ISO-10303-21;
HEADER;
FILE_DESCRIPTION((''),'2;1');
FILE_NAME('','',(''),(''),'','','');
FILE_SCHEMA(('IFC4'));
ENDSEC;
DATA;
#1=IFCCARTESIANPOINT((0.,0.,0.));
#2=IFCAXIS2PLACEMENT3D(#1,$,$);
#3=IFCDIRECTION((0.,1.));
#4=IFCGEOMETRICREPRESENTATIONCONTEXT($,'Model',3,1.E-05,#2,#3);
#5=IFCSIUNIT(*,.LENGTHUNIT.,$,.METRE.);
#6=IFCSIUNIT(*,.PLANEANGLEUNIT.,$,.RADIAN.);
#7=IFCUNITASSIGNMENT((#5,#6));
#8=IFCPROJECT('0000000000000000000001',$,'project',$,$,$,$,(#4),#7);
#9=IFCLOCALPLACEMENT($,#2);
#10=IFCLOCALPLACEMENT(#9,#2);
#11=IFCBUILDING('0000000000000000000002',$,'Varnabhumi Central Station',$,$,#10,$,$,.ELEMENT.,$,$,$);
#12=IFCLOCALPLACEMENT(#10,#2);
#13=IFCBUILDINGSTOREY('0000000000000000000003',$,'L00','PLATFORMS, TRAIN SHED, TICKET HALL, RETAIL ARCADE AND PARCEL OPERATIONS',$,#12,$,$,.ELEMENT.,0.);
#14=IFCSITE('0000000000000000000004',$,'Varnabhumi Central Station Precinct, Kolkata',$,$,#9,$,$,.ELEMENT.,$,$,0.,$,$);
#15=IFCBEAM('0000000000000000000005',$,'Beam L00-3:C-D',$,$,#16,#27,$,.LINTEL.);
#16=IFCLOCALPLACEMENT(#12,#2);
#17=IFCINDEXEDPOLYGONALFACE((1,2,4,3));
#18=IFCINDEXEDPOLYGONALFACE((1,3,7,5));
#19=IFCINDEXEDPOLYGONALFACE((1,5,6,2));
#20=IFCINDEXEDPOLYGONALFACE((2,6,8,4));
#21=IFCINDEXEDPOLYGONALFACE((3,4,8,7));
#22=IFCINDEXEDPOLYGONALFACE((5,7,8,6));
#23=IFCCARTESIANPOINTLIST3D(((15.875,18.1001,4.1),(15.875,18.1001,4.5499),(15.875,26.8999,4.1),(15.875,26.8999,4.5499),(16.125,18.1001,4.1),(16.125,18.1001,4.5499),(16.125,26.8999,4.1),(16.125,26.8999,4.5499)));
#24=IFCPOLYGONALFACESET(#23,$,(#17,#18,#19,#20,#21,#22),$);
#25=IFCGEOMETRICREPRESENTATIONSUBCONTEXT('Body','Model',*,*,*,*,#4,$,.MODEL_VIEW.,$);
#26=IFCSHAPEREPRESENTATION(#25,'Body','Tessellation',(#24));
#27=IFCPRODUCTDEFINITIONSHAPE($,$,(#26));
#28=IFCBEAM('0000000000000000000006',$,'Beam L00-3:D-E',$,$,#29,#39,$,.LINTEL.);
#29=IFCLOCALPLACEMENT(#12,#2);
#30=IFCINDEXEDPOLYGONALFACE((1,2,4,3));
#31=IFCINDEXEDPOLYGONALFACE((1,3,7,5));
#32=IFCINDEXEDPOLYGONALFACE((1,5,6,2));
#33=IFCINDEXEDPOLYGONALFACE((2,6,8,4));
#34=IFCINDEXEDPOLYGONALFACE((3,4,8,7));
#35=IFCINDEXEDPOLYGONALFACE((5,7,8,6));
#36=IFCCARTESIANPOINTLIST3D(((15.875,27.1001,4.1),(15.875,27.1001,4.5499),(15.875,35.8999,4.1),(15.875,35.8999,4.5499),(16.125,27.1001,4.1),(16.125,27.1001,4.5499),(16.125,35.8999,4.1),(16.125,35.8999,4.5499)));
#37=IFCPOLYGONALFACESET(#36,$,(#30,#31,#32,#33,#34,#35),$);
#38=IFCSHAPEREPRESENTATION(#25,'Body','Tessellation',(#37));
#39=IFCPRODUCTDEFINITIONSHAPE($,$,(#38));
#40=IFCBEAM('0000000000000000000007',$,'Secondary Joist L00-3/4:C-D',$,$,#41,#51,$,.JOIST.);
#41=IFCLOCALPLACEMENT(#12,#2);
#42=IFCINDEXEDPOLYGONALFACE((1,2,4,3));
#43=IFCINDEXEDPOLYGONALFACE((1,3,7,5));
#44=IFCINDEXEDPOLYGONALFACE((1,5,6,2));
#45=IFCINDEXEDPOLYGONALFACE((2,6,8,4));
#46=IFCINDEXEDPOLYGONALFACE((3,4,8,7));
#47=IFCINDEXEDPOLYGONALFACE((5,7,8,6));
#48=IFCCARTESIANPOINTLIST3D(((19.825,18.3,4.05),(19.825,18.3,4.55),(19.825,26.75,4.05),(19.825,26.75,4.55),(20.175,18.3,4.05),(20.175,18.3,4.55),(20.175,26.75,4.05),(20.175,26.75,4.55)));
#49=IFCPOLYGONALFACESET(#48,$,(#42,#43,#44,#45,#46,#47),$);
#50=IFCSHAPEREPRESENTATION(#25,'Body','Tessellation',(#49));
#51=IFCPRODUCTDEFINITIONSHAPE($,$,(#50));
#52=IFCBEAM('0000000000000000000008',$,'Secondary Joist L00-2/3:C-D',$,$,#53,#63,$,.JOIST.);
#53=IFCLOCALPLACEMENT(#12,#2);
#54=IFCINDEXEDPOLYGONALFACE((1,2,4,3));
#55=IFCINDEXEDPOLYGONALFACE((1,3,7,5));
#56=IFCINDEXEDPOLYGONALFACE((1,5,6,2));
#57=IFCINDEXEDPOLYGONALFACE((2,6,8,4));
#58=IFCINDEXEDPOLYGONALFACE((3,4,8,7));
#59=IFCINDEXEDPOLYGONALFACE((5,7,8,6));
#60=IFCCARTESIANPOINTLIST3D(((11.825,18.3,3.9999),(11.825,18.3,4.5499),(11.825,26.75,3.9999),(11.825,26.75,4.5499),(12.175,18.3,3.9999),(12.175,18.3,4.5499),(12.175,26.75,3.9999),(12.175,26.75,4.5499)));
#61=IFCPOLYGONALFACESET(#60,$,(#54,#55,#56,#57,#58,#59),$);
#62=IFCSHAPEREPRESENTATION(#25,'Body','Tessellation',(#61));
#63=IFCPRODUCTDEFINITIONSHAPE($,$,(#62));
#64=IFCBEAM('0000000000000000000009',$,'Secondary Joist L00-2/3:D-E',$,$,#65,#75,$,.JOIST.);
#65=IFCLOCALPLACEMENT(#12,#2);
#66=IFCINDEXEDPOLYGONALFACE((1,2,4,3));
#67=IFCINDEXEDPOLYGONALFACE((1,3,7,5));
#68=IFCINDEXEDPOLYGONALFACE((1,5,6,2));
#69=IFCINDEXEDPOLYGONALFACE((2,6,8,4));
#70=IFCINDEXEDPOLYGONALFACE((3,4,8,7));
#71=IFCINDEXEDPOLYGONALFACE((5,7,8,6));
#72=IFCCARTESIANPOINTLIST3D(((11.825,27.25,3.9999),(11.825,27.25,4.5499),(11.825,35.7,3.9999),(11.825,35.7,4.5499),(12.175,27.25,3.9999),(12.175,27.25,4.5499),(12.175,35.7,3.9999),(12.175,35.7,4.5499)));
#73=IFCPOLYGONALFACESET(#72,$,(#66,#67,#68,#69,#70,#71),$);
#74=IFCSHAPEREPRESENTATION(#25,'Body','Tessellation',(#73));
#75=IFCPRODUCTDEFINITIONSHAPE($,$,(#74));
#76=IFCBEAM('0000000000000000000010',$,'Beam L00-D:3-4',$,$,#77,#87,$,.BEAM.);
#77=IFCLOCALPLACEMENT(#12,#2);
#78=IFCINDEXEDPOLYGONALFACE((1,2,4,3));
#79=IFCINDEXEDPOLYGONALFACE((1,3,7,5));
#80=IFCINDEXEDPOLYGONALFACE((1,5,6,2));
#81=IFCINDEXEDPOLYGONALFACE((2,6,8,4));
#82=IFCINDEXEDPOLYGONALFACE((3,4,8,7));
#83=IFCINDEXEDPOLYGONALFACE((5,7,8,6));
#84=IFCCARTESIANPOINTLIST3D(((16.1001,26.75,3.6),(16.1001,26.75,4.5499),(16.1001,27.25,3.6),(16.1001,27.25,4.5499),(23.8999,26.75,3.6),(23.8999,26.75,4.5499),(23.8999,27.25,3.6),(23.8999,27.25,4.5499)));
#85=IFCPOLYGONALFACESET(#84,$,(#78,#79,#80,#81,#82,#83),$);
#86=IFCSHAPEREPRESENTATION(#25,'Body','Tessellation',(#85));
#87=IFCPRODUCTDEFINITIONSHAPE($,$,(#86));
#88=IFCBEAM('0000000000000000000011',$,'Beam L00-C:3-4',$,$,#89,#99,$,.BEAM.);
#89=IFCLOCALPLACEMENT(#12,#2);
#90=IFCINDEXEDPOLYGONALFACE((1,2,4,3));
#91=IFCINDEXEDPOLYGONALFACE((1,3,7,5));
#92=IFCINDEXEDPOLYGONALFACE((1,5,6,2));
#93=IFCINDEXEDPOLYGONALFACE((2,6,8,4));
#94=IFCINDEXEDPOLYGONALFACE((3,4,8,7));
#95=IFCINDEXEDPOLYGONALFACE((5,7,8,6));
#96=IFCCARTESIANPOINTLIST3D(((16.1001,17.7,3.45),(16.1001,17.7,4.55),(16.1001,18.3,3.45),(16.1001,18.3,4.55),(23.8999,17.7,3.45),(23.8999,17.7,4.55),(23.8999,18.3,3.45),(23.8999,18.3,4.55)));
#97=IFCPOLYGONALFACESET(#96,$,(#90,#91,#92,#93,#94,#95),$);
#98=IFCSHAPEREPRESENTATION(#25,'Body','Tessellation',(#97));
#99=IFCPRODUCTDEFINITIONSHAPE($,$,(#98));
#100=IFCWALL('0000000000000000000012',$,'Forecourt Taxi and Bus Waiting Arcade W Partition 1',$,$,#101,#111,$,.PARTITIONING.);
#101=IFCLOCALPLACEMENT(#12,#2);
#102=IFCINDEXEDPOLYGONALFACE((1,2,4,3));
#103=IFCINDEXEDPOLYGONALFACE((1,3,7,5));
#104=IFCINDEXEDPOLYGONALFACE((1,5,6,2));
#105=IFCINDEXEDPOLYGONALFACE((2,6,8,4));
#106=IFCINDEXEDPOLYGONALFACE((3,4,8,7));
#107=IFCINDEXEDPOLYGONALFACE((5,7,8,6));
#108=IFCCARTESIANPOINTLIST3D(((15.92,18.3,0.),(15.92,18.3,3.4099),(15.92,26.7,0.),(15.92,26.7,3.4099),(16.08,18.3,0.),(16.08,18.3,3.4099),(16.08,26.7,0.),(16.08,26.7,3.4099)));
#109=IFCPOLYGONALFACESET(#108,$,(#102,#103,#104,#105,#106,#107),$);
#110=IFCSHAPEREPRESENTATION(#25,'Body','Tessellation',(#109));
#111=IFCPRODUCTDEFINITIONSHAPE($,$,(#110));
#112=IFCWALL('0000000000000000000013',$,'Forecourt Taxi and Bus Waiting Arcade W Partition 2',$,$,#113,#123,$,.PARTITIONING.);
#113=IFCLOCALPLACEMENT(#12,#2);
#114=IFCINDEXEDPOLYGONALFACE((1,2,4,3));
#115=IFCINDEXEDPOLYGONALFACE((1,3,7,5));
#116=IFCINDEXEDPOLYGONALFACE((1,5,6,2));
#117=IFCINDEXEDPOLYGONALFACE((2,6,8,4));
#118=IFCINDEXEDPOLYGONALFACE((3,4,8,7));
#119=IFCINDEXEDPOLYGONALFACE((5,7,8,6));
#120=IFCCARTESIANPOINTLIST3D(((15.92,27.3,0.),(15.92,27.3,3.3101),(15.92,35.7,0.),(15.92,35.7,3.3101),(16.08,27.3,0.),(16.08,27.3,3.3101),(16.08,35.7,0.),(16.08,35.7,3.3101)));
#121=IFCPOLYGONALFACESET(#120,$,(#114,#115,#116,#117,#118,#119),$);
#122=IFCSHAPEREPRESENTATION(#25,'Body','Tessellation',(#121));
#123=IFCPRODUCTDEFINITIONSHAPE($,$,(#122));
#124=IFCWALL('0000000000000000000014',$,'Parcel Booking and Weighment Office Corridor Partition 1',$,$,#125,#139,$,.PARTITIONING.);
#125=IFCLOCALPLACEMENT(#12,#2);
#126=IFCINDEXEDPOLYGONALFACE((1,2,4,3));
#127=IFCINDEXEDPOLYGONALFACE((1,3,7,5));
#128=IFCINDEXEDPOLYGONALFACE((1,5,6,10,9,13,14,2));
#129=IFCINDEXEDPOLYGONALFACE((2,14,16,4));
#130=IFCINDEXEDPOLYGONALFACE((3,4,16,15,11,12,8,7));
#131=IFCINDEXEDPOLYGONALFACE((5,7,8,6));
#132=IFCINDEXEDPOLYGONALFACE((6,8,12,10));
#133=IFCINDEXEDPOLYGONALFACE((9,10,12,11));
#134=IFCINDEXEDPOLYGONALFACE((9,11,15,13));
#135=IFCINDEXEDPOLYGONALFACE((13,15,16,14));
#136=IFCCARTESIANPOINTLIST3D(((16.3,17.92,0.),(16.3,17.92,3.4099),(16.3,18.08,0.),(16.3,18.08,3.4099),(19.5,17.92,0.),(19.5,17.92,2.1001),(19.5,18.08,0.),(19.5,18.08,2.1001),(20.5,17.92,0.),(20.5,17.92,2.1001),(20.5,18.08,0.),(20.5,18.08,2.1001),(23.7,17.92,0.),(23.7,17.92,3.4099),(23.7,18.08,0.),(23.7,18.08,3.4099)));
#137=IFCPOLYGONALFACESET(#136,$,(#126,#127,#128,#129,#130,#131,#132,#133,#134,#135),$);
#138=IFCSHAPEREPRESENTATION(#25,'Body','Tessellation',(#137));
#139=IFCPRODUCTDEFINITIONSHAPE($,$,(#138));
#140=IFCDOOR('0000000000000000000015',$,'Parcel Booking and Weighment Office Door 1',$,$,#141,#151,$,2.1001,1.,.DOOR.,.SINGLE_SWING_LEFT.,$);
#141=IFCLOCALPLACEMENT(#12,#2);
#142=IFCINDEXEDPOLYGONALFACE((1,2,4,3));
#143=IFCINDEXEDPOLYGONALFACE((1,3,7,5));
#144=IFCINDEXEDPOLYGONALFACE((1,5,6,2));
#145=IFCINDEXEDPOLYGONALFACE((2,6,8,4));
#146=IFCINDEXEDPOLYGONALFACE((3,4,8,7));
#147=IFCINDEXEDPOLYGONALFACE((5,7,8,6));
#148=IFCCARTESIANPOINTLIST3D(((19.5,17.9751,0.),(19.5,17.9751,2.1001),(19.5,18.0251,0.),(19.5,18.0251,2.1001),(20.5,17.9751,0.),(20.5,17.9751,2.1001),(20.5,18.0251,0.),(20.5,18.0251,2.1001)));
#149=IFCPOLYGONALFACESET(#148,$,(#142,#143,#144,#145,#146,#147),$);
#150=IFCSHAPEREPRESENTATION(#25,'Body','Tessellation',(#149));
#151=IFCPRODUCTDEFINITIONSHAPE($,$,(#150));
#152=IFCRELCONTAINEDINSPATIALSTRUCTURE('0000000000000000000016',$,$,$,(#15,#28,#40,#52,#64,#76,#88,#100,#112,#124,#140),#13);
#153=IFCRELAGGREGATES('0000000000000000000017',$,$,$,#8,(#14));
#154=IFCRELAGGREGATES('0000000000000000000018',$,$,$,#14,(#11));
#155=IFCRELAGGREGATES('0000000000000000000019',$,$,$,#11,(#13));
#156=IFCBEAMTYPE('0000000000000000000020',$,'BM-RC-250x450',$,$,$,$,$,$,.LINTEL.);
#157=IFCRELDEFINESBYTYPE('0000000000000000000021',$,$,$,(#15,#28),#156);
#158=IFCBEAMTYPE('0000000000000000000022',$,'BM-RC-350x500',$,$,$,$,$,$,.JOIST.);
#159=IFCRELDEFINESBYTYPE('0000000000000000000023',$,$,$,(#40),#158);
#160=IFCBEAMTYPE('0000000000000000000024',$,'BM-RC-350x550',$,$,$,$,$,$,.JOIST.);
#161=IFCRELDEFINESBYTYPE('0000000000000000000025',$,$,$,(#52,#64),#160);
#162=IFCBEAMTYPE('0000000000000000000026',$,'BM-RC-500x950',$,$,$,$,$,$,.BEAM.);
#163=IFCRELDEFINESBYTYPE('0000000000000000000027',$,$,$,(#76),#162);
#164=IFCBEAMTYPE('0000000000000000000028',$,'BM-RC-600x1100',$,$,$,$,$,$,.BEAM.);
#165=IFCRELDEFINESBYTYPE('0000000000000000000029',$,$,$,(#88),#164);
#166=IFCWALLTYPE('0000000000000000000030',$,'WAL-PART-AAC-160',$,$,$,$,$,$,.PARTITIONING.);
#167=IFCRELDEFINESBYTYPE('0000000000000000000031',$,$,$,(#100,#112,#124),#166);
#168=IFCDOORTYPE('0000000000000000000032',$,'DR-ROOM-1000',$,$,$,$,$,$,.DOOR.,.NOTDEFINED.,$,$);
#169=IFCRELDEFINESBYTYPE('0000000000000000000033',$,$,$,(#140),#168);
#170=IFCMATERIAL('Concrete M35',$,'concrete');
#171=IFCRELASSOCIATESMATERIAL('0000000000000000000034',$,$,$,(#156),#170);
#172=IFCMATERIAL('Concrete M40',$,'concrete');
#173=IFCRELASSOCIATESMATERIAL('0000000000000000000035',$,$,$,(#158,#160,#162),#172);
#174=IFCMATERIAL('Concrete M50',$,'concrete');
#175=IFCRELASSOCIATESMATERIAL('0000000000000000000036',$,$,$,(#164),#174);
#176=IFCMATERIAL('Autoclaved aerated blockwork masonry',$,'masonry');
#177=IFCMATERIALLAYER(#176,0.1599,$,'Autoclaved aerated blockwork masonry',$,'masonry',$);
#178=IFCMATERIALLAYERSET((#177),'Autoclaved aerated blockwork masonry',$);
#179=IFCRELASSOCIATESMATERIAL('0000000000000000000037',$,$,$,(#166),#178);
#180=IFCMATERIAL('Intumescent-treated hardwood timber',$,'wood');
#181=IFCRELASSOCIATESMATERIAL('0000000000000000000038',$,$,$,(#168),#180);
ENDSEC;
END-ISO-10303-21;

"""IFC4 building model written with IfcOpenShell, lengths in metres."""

from ifc_helpers import new_model, si_unit, direction, frame, frame_2d, origin, origin_2d, place, context, subcontext, project, spatial, rectangle, extrude, material, layer, layer_set, material_profile, profile_set, type_object, element, fill, save


model = new_model("IFC4")

# Units and contexts
model_context = context("Model", 3, precision=1e-05, world=origin(), true_north=direction((0.0, 1.0)))
body_context = subcontext(model_context, "Body", "Model", "MODEL_VIEW")
ifc_project = project(units=[si_unit("LENGTHUNIT", "METRE"), si_unit("PLANEANGLEUNIT", "RADIAN")], contexts=[model_context])

# Site, building, storey
site_placement = place(None, origin())
site = spatial("IfcSite", under=ifc_project, at=site_placement, Name="Varnabhumi Central Station Precinct, Kolkata", CompositionType="ELEMENT", RefElevation=0.0)
building_placement = place(site_placement, origin())
building = spatial("IfcBuilding", under=site, at=building_placement, Name="Varnabhumi Central Station", CompositionType="ELEMENT")
storey_placement = place(building_placement, origin())
storey = spatial("IfcBuildingStorey", under=building, at=storey_placement, Name="L00", Description="PLATFORMS, TRAIN SHED, TICKET HALL, RETAIL ARCADE AND PARCEL OPERATIONS", CompositionType="ELEMENT", Elevation=0.0)

# Shared definitions
ifc_material_1 = material(Name="Concrete M40", Category="concrete")

# Shared definitions
ifc_material_2 = material(Name="Concrete M35", Category="concrete")

# Shared definitions
ifc_material_3 = material(Name="Concrete M50", Category="concrete")

# Beams
ifc_material_profile_1 = material_profile(ifc_material_2, rectangle(XDim=0.25, YDim=0.45, at=origin_2d()), Name="Concrete M35", Category="concrete")
ifc_profile_set_1 = profile_set([ifc_material_profile_1], Name="Concrete M35")
beam_type_1 = type_object("IfcBeamType", Name="BM-RC-250x450", PredefinedType="LINTEL", material=ifc_profile_set_1)
for number, where, z_axis, x_axis, name in (
    (1, (16.0, 18.1001, 4.325), (0.0, 1.0, 0.0), (-1.0, 0.0, 0.0), "Beam L00-3:C-D"),
    (2, (16.0, 27.1001, 4.325), (0.0, 1.0, 0.0), (-1.0, 0.0, 0.0), "Beam L00-3:D-E"),
):
    element("IfcBeam", number, at=place(storey_placement, frame(where, z_axis=z_axis, x_axis=x_axis)), inside=storey, type_object=beam_type_1, Name=name, PredefinedType="LINTEL", context=body_context, shape_type="SweptSolid", body=[
        extrude(rectangle(XDim=0.25, YDim=0.45, at=origin_2d()), origin(), (0.0, 0.0, 1.0), 8.7998),
    ])
ifc_material_profile_2 = material_profile(ifc_material_1, rectangle(XDim=0.3501, YDim=0.5, at=origin_2d()), Name="Concrete M40", Category="concrete")
ifc_profile_set_2 = profile_set([ifc_material_profile_2], Name="Concrete M40")
beam_type_2 = type_object("IfcBeamType", Name="BM-RC-350x500", PredefinedType="JOIST", material=ifc_profile_set_2)
beam_1_placement = place(storey_placement, frame((20.0, 18.3, 4.3), z_axis=(0.0, 1.0, 0.0), x_axis=(-1.0, 0.0, 0.0)))
element("IfcBeam", 3, at=beam_1_placement, inside=storey, type_object=beam_type_2, Name="Secondary Joist L00-3/4:C-D", PredefinedType="JOIST", context=body_context, shape_type="SweptSolid", body=[
    extrude(rectangle(XDim=0.3501, YDim=0.5, at=origin_2d()), origin(), (0.0, 0.0, 1.0), 8.45),
])
ifc_material_profile_3 = material_profile(ifc_material_1, rectangle(XDim=0.3501, YDim=0.55, at=origin_2d()), Name="Concrete M40", Category="concrete")
ifc_profile_set_3 = profile_set([ifc_material_profile_3], Name="Concrete M40")
beam_type_3 = type_object("IfcBeamType", Name="BM-RC-350x550", PredefinedType="JOIST", material=ifc_profile_set_3)
for number, where, z_axis, x_axis, name in (
    (4, (12.0, 18.3, 4.2749), (0.0, 1.0, 0.0), (-1.0, 0.0, 0.0), "Secondary Joist L00-2/3:C-D"),
    (5, (12.0, 27.25, 4.2749), (0.0, 1.0, 0.0), (-1.0, 0.0, 0.0), "Secondary Joist L00-2/3:D-E"),
):
    element("IfcBeam", number, at=place(storey_placement, frame(where, z_axis=z_axis, x_axis=x_axis)), inside=storey, type_object=beam_type_3, Name=name, PredefinedType="JOIST", context=body_context, shape_type="SweptSolid", body=[
        extrude(rectangle(XDim=0.3501, YDim=0.55, at=origin_2d()), origin(), (0.0, 0.0, 1.0), 8.45),
    ])
ifc_material_profile_4 = material_profile(ifc_material_1, rectangle(XDim=0.5, YDim=0.95, at=origin_2d()), Name="Concrete M40", Category="concrete")
ifc_profile_set_4 = profile_set([ifc_material_profile_4], Name="Concrete M40")
beam_type_4 = type_object("IfcBeamType", Name="BM-RC-500x950", PredefinedType="BEAM", material=ifc_profile_set_4)
beam_2_placement = place(storey_placement, frame((16.1001, 27.0, 4.075), z_axis=(1.0, 0.0, 0.0), x_axis=(0.0, 1.0, 0.0)))
element("IfcBeam", 6, at=beam_2_placement, inside=storey, type_object=beam_type_4, Name="Beam L00-D:3-4", PredefinedType="BEAM", context=body_context, shape_type="SweptSolid", body=[
    extrude(rectangle(XDim=0.5, YDim=0.95, at=origin_2d()), origin(), (0.0, 0.0, 1.0), 7.7998),
])
ifc_material_profile_5 = material_profile(ifc_material_3, rectangle(XDim=0.6001, YDim=1.1001, at=origin_2d()), Name="Concrete M50", Category="concrete")
ifc_profile_set_5 = profile_set([ifc_material_profile_5], Name="Concrete M50")
beam_type_5 = type_object("IfcBeamType", Name="BM-RC-600x1100", PredefinedType="BEAM", material=ifc_profile_set_5)
beam_3_placement = place(storey_placement, frame((16.1001, 18.0, 4.0), z_axis=(1.0, 0.0, 0.0), x_axis=(0.0, 1.0, 0.0)))
element("IfcBeam", 7, at=beam_3_placement, inside=storey, type_object=beam_type_5, Name="Beam L00-C:3-4", PredefinedType="BEAM", context=body_context, shape_type="SweptSolid", body=[
    extrude(rectangle(XDim=0.6001, YDim=1.1001, at=origin_2d()), origin(), (0.0, 0.0, 1.0), 7.7998),
])

# Walls
ifc_material_4 = material(Name="Autoclaved aerated blockwork masonry", Category="masonry")
ifc_layer_1 = layer(ifc_material_4, 0.1599, Name="Autoclaved aerated blockwork masonry", Category="masonry")
ifc_layer_set_1 = layer_set([ifc_layer_1], Name="Autoclaved aerated blockwork masonry")
wall_type = type_object("IfcWallType", Name="WAL-PART-AAC-160", PredefinedType="PARTITIONING", material=ifc_layer_set_1)
wall_1_placement = place(storey_placement, frame((16.0, 18.3, 0.0), z_axis=(0.0, 0.0, 1.0), x_axis=(0.0, 1.0, 0.0)))
element("IfcWall", 8, at=wall_1_placement, inside=storey, type_object=wall_type, Name="Forecourt Taxi and Bus Waiting Arcade W Partition 1", PredefinedType="PARTITIONING", context=body_context, shape_type="SweptSolid", body=[
    extrude(rectangle(XDim=8.3999, YDim=0.1599, at=frame_2d((4.2, 0.0))), origin(), (0.0, 0.0, 1.0), 3.4099),
])
wall_2_placement = place(storey_placement, frame((16.0, 27.3, 0.0), z_axis=(0.0, 0.0, 1.0), x_axis=(0.0, 1.0, 0.0)))
element("IfcWall", 9, at=wall_2_placement, inside=storey, type_object=wall_type, Name="Forecourt Taxi and Bus Waiting Arcade W Partition 2", PredefinedType="PARTITIONING", context=body_context, shape_type="SweptSolid", body=[
    extrude(rectangle(XDim=8.3999, YDim=0.1599, at=frame_2d((4.2, 0.0))), origin(), (0.0, 0.0, 1.0), 3.3101),
])

# Wall, opening, door
wall_3_placement = place(storey_placement, frame((16.3, 18.0, 0.0), z_axis=(0.0, 0.0, 1.0), x_axis=(1.0, 0.0, 0.0)))
wall_3 = element("IfcWall", 10, at=wall_3_placement, inside=storey, type_object=wall_type, Name="Parcel Booking and Weighment Office Corridor Partition 1", PredefinedType="PARTITIONING", context=body_context, shape_type="SweptSolid", body=[
    extrude(rectangle(XDim=7.3999, YDim=0.1599, at=frame_2d((3.7, 0.0))), origin(), (0.0, 0.0, 1.0), 3.4099),
])
opening_placement = place(wall_3_placement, frame((3.2, 0.0, 0.0)))
opening = element("IfcOpeningElement", 11, at=opening_placement, cuts=wall_3, PredefinedType="OPENING", context=body_context, shape_type="SweptSolid", body=[
    extrude(rectangle(XDim=1.0, YDim=2.1001, at=frame_2d((0.5, 1.05))), frame((0.0, 0.0898, 0.0), z_axis=(0.0, -1.0, 0.0), x_axis=(1.0, 0.0, 0.0)), (0.0, 0.0, 1.0), 0.1799),
])
ifc_material_5 = material(Name="Intumescent-treated hardwood timber", Category="wood")
door_type = type_object("IfcDoorType", Name="DR-ROOM-1000", OperationType="NOTDEFINED", PredefinedType="DOOR", material=ifc_material_5)
door_placement = place(opening_placement, frame((1.0, 0.0, 0.0), z_axis=(0.0, 0.0, 1.0), x_axis=(-1.0, 0.0, 0.0)))
door = element("IfcDoor", 12, at=door_placement, inside=storey, type_object=door_type, Name="Parcel Booking and Weighment Office Door 1", OperationType="SINGLE_SWING_LEFT", OverallHeight=2.1001, OverallWidth=1.0, PredefinedType="DOOR", context=body_context, shape_type="SweptSolid", body=[
    extrude(rectangle(XDim=1.0, YDim=2.1001, at=frame_2d((0.5, 1.05))), frame((0.0, 0.0249, 0.0), z_axis=(0.0, -1.0, 0.0), x_axis=(1.0, 0.0, 0.0)), (0.0, 0.0, 1.0), 0.05),
])
fill(opening, door)

save(model, "model.ifc")
